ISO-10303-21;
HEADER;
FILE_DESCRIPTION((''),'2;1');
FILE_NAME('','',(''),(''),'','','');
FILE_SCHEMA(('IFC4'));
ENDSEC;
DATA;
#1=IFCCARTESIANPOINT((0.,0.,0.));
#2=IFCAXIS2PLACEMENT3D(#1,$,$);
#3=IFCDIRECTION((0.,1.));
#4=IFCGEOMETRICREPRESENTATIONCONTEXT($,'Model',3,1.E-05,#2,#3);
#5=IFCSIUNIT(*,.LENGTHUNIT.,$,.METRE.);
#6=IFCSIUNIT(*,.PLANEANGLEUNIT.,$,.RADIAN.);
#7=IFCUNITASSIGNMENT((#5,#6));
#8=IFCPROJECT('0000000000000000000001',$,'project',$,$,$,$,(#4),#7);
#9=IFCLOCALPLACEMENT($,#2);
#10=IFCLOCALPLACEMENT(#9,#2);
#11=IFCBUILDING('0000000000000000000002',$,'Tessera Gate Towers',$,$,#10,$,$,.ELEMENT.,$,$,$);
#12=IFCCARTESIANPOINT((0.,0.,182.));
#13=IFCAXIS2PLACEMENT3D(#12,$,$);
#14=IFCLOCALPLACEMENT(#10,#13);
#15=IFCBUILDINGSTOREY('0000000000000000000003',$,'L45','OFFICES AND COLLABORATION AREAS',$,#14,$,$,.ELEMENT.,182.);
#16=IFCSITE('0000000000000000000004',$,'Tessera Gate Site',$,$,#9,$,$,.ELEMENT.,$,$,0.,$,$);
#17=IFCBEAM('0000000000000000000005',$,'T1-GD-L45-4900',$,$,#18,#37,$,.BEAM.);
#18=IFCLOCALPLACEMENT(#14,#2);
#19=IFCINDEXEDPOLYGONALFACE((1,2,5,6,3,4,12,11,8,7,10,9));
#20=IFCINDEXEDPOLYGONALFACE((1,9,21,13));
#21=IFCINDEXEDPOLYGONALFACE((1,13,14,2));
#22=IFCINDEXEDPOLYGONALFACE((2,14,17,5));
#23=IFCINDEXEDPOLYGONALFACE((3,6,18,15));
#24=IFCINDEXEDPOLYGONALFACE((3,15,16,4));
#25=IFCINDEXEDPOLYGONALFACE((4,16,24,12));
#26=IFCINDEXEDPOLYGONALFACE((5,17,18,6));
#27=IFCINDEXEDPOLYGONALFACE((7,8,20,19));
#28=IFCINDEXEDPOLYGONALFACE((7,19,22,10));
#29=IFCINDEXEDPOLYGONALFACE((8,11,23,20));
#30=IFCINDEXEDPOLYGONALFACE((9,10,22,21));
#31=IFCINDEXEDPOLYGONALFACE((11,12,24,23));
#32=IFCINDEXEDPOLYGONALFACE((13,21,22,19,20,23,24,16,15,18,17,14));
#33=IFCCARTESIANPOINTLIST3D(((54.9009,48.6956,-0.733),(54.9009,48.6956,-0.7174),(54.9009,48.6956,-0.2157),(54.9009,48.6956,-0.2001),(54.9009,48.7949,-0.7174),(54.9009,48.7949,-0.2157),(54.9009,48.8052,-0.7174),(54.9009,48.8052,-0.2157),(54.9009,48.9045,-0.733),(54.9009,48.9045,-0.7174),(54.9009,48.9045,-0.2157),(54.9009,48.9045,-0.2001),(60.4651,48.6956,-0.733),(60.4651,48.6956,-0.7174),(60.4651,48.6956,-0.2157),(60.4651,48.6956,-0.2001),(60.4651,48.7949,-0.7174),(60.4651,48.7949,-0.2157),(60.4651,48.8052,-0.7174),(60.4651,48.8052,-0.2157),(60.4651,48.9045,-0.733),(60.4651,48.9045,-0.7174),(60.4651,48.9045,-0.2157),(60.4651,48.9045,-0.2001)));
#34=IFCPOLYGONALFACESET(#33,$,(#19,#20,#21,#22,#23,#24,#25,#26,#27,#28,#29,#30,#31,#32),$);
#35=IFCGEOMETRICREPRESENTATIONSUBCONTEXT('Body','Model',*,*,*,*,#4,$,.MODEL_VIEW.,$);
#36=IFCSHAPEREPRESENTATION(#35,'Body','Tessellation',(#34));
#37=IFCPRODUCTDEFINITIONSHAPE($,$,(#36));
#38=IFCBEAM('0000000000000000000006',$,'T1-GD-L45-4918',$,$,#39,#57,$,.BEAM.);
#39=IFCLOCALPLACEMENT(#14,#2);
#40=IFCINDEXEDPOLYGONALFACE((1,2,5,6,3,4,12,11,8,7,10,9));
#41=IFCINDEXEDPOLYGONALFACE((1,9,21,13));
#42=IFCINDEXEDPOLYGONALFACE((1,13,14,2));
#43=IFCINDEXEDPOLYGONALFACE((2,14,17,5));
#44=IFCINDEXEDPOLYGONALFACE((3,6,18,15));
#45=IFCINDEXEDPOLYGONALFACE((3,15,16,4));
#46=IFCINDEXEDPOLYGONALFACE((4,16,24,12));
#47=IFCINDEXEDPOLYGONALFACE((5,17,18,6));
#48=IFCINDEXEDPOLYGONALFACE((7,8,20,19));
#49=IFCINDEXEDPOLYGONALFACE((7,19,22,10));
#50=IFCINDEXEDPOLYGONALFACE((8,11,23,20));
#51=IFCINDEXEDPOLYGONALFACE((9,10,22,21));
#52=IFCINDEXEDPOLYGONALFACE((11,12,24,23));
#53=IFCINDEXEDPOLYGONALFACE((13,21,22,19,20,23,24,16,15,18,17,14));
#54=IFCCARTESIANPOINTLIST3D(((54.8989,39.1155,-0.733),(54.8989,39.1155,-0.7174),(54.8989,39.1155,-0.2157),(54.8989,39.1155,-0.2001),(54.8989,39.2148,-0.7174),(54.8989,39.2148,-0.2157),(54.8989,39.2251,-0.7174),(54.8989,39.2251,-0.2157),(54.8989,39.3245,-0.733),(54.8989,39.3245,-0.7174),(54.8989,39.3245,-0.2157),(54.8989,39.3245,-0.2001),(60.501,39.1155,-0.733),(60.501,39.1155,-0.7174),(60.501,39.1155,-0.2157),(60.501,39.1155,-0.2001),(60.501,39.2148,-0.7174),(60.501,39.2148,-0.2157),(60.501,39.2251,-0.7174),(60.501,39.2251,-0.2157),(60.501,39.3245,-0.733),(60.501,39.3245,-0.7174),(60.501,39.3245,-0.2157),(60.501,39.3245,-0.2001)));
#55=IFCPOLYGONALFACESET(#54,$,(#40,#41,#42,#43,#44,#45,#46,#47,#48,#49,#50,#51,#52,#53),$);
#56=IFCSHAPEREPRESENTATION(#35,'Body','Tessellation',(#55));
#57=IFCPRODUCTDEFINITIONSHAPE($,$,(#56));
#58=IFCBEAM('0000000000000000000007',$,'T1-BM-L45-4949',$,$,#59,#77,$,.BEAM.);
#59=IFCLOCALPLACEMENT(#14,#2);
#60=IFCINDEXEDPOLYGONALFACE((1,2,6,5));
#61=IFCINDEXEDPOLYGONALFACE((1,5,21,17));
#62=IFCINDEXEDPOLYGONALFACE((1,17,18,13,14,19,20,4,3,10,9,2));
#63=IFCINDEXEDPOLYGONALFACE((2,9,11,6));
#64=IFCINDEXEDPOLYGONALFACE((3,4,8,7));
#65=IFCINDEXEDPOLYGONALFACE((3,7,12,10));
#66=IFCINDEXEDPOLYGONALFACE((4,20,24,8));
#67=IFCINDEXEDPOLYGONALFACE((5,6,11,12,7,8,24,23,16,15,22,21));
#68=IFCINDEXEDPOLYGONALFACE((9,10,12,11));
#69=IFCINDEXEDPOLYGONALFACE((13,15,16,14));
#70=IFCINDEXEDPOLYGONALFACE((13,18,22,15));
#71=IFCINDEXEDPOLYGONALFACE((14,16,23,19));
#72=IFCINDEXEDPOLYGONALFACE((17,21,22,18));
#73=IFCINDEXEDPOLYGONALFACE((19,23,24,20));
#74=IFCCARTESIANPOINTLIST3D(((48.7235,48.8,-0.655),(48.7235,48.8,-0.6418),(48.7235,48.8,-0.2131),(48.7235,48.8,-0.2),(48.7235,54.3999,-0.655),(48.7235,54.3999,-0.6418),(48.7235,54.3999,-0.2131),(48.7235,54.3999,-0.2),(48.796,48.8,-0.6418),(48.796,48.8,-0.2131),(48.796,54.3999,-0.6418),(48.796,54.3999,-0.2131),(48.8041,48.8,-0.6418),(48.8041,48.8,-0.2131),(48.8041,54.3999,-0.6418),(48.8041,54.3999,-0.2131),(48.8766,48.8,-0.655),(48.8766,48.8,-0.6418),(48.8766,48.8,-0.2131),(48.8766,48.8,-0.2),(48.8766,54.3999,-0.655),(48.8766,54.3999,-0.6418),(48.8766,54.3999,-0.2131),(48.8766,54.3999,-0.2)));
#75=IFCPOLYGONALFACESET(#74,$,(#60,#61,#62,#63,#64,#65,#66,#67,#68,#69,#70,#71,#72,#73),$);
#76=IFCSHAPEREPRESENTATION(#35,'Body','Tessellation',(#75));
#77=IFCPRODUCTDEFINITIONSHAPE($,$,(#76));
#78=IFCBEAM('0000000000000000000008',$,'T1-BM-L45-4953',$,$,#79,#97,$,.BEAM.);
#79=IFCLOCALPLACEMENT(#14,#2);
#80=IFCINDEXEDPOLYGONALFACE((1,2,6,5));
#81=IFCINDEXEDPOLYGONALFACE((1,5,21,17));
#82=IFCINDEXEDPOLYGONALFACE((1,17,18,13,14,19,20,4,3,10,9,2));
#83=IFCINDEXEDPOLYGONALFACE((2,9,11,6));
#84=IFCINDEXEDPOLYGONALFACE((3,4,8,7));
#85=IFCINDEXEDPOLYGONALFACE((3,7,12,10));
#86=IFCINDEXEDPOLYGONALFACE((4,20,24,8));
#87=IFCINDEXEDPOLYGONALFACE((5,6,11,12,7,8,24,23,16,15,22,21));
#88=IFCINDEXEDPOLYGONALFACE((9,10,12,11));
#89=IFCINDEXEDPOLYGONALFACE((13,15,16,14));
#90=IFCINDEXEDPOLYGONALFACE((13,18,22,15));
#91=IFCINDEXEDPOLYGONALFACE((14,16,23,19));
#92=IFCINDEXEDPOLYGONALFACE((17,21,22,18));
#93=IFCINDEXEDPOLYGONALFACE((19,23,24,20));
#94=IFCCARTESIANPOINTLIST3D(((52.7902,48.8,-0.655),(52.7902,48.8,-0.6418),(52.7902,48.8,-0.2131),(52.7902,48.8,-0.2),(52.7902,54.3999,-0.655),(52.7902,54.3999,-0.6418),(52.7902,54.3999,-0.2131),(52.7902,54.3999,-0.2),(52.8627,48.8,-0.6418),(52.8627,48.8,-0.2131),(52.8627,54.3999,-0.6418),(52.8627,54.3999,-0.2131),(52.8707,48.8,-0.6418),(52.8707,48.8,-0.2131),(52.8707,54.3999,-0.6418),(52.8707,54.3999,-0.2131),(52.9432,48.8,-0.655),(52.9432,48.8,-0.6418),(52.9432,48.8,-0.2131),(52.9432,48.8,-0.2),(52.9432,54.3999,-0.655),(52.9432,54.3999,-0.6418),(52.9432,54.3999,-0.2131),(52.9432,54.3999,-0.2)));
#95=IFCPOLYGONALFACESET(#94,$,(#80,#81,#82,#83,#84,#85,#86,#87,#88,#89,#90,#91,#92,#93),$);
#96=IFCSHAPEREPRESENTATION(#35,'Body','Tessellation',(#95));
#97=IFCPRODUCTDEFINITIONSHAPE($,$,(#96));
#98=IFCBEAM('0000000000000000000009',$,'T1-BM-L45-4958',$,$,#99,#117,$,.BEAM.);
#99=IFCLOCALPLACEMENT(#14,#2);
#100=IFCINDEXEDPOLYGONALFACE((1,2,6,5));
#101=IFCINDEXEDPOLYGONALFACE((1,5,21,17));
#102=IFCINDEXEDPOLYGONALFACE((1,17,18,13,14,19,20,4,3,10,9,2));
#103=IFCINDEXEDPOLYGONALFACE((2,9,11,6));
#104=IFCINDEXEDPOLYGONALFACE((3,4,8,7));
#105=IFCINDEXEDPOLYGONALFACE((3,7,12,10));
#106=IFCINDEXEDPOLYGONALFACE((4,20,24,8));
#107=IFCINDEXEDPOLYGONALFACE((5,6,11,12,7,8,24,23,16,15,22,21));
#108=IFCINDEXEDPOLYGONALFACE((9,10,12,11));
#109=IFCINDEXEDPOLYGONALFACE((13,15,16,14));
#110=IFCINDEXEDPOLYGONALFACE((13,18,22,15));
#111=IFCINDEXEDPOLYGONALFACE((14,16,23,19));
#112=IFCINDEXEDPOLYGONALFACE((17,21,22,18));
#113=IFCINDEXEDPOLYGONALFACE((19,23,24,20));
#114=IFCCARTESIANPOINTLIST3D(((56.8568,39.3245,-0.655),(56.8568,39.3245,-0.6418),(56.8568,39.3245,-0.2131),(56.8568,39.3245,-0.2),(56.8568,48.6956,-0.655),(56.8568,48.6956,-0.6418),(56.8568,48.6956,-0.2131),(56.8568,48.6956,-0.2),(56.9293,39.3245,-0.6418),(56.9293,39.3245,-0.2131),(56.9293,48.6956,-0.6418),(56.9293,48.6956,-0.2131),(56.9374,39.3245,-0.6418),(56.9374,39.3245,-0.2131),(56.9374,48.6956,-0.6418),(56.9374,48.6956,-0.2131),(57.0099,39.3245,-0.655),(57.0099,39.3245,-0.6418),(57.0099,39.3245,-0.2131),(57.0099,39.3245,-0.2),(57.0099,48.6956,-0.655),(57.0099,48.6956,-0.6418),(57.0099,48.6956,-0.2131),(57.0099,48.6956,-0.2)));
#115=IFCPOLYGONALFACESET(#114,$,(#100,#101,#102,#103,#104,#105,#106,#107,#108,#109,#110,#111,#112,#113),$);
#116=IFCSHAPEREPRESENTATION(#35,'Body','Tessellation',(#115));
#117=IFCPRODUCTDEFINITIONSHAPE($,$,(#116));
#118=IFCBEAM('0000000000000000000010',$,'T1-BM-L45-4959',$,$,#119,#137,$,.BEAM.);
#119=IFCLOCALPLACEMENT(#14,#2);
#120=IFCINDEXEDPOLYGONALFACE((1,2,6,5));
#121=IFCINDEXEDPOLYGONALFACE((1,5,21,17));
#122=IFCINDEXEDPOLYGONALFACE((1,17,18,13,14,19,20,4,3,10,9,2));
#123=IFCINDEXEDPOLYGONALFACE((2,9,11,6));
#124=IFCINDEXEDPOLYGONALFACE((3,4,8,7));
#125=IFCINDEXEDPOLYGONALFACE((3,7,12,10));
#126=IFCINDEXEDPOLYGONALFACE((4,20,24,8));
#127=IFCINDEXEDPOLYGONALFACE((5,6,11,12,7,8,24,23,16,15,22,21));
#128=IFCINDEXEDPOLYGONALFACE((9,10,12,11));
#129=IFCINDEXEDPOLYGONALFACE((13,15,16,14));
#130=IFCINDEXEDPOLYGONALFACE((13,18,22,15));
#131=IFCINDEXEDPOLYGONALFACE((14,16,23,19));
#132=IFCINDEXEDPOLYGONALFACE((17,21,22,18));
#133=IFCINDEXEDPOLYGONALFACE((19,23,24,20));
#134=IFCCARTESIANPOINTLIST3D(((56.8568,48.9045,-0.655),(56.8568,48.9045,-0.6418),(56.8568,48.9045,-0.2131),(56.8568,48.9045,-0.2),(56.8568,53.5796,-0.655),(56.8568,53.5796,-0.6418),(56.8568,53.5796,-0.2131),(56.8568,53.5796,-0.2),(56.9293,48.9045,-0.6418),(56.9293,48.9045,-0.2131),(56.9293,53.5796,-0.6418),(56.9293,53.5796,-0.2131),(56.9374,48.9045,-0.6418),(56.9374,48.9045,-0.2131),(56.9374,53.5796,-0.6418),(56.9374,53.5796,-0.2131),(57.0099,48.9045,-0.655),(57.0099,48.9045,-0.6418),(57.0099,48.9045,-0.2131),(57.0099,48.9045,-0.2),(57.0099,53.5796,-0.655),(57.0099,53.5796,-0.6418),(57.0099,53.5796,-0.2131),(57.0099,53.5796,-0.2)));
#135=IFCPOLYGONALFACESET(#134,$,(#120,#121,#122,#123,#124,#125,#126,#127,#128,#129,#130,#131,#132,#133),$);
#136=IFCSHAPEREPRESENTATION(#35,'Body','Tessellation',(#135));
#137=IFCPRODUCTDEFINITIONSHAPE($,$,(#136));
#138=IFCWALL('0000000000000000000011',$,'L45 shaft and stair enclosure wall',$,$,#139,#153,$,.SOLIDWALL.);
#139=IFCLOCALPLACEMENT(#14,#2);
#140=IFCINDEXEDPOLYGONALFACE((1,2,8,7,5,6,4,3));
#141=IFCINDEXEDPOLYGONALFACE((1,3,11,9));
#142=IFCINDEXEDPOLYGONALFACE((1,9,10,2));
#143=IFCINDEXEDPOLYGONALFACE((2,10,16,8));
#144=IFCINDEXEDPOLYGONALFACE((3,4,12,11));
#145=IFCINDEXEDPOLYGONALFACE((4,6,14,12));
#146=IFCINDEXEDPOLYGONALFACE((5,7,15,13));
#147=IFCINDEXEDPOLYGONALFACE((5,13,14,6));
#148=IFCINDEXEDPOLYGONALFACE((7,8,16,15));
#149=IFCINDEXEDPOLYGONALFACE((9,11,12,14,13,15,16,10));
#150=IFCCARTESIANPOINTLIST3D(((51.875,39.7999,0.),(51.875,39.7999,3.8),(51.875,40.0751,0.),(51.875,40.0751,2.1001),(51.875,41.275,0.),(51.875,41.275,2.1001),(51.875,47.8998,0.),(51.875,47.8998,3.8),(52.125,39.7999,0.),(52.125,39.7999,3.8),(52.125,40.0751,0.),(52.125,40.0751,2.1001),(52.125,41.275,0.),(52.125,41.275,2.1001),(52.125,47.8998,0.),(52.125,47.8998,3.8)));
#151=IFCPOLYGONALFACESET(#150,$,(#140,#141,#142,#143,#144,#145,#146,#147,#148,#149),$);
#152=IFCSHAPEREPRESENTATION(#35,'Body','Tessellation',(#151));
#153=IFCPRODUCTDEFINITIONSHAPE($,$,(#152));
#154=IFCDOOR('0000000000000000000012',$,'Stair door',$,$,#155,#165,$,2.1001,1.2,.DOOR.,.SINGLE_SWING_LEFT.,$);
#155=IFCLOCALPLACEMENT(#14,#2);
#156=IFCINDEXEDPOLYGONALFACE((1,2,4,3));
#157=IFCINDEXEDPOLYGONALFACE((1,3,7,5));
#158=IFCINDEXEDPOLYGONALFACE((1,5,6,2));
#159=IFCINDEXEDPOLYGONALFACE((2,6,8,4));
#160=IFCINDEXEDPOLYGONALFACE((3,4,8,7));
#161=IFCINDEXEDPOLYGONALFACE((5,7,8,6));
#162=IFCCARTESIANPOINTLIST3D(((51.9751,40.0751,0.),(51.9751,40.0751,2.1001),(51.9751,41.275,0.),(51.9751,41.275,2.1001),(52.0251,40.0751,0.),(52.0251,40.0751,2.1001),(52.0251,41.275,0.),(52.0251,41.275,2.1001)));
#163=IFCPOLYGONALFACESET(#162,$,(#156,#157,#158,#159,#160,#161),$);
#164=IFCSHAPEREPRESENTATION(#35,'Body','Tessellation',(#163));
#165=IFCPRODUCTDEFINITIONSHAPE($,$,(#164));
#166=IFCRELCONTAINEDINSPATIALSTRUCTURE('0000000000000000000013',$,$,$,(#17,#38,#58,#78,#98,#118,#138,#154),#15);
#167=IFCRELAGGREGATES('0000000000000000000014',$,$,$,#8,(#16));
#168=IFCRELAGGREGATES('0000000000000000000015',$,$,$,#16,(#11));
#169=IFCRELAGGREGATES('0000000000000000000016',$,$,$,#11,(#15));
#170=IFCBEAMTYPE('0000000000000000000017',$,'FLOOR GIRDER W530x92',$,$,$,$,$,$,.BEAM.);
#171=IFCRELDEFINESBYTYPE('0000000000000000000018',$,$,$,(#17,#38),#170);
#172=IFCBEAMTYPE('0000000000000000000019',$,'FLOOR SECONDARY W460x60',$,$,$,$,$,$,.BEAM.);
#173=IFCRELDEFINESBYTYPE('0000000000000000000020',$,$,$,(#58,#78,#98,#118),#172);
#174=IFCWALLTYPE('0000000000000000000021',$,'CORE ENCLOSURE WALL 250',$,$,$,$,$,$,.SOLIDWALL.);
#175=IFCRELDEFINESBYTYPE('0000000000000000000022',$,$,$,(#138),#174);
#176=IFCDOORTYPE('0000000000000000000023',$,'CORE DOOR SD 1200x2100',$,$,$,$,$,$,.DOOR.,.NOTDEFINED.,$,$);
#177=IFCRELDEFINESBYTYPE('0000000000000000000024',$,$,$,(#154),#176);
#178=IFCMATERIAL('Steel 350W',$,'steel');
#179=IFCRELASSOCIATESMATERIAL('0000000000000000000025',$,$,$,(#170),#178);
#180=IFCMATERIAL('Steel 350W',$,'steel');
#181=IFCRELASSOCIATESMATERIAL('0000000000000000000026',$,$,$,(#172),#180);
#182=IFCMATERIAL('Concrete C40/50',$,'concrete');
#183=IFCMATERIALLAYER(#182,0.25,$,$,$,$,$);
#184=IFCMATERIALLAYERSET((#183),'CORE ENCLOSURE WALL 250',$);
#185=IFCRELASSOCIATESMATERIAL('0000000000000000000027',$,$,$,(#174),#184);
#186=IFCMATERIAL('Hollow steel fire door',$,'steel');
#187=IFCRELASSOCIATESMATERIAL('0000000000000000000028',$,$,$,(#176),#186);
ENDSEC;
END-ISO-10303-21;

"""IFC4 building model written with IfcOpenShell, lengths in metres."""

from ifc_helpers import new_model, si_unit, direction, frame, frame_2d, origin, origin_2d, place, context, subcontext, project, spatial, rectangle, i_section, extrude, source, transform, mapped, material, layer, layer_set, material_profile, profile_set, type_object, element, fill, save


model = new_model("IFC4")

# Units and contexts
model_context = context("Model", 3, precision=1e-05, world=origin(), true_north=direction((0.0, 1.0)))
body_context = subcontext(model_context, "Body", "Model", "MODEL_VIEW")
ifc_project = project(units=[si_unit("LENGTHUNIT", "METRE"), si_unit("PLANEANGLEUNIT", "RADIAN")], contexts=[model_context])

# Site, building, storey
site_placement = place(None, origin())
site = spatial("IfcSite", under=ifc_project, at=site_placement, Name="Tessera Gate Site", CompositionType="ELEMENT", RefElevation=0.0)
building_placement = place(site_placement, origin())
building = spatial("IfcBuilding", under=site, at=building_placement, Name="Tessera Gate Towers", CompositionType="ELEMENT")
storey_placement = place(building_placement, frame((0.0, 0.0, 182.0)))
storey = spatial("IfcBuildingStorey", under=building, at=storey_placement, Name="L45", Description="OFFICES AND COLLABORATION AREAS", CompositionType="ELEMENT", Elevation=182.0)

# Beams
ifc_material_1 = material(Name="Steel 350W", Category="steel")
ifc_material_profile_1 = material_profile(ifc_material_1, i_section(OverallWidth=0.209, OverallDepth=0.533, WebThickness=0.0103, FlangeThickness=0.0156, at=origin_2d()), Name="W530x92")
ifc_profile_set_1 = profile_set([ifc_material_profile_1], Name="Steel 350W")
beam_type_1 = type_object("IfcBeamType", Name="FLOOR GIRDER W530x92", PredefinedType="BEAM", material=ifc_profile_set_1)
beam_1_placement = place(storey_placement, frame((54.9009, 48.8, -0.4666), z_axis=(1.0, 0.0, 0.0), x_axis=(0.0, 1.0, 0.0)))
element("IfcBeam", 1, at=beam_1_placement, inside=storey, type_object=beam_type_1, Name="T1-GD-L45-4900", PredefinedType="BEAM", context=body_context, shape_type="SweptSolid", body=[
    extrude(i_section(OverallWidth=0.209, OverallDepth=0.533, WebThickness=0.0103, FlangeThickness=0.0156, at=origin_2d()), origin(), (0.0, 0.0, 1.0), 5.5642),
])
beam_2_placement = place(storey_placement, frame((54.8989, 39.22, -0.4666), z_axis=(1.0, 0.0, 0.0), x_axis=(0.0, 1.0, 0.0)))
element("IfcBeam", 2, at=beam_2_placement, inside=storey, type_object=beam_type_1, Name="T1-GD-L45-4918", PredefinedType="BEAM", context=body_context, shape_type="SweptSolid", body=[
    extrude(i_section(OverallWidth=0.209, OverallDepth=0.533, WebThickness=0.0103, FlangeThickness=0.0156, at=origin_2d()), origin(), (0.0, 0.0, 1.0), 5.6021),
])
ifc_material_2 = material(Name="Steel 350W", Category="steel")
ifc_material_profile_2 = material_profile(ifc_material_2, i_section(OverallWidth=0.1531, OverallDepth=0.4551, WebThickness=0.0081, FlangeThickness=0.0132, at=origin_2d()), Name="W460x60")
ifc_profile_set_2 = profile_set([ifc_material_profile_2], Name="Steel 350W")
beam_type_2 = type_object("IfcBeamType", Name="FLOOR SECONDARY W460x60", PredefinedType="BEAM", material=ifc_profile_set_2)
for number, where, z_axis, x_axis, name in (
    (3, (48.8, 48.8, -0.4275), (0.0, 1.0, 0.0), (-1.0, 0.0, 0.0), "T1-BM-L45-4949"),
    (4, (52.8667, 48.8, -0.4275), (0.0, 1.0, 0.0), (-1.0, 0.0, 0.0), "T1-BM-L45-4953"),
):
    element("IfcBeam", number, at=place(storey_placement, frame(where, z_axis=z_axis, x_axis=x_axis)), inside=storey, type_object=beam_type_2, Name=name, PredefinedType="BEAM", context=body_context, shape_type="SweptSolid", body=[
        extrude(i_section(OverallWidth=0.1531, OverallDepth=0.4551, WebThickness=0.0081, FlangeThickness=0.0132, at=origin_2d()), origin(), (0.0, 0.0, 1.0), 5.5999),
    ])
beam_3_placement = place(storey_placement, frame((56.9333, 39.3245, -0.4275), z_axis=(0.0, 1.0, 0.0), x_axis=(-1.0, 0.0, 0.0)))
element("IfcBeam", 5, at=beam_3_placement, inside=storey, type_object=beam_type_2, Name="T1-BM-L45-4958", PredefinedType="BEAM", context=body_context, shape_type="SweptSolid", body=[
    extrude(i_section(OverallWidth=0.1531, OverallDepth=0.4551, WebThickness=0.0081, FlangeThickness=0.0132, at=origin_2d()), origin(), (0.0, 0.0, 1.0), 9.3711),
])
beam_4_placement = place(storey_placement, frame((56.9333, 48.9045, -0.4275), z_axis=(0.0, 1.0, 0.0), x_axis=(-1.0, 0.0, 0.0)))
element("IfcBeam", 6, at=beam_4_placement, inside=storey, type_object=beam_type_2, Name="T1-BM-L45-4959", PredefinedType="BEAM", context=body_context, shape_type="SweptSolid", body=[
    extrude(i_section(OverallWidth=0.1531, OverallDepth=0.4551, WebThickness=0.0081, FlangeThickness=0.0132, at=origin_2d()), origin(), (0.0, 0.0, 1.0), 4.675),
])

# Wall, opening, door
ifc_material_3 = material(Name="Concrete C40/50", Category="concrete")
ifc_layer_1 = layer(ifc_material_3, 0.25)
ifc_layer_set_1 = layer_set([ifc_layer_1], Name="CORE ENCLOSURE WALL 250")
wall_type_1 = type_object("IfcWallType", Name="CORE ENCLOSURE WALL 250", PredefinedType="SOLIDWALL", material=ifc_layer_set_1)
wall_1_placement = place(storey_placement, frame((52.0, 39.8, 0.0), z_axis=(0.0, 0.0, 1.0), x_axis=(0.0, 1.0, 0.0)))
wall_1 = element("IfcWall", 7, at=wall_1_placement, inside=storey, type_object=wall_type_1, Name="L45 shaft and stair enclosure wall", PredefinedType="SOLIDWALL", context=body_context, shape_type="SweptSolid", body=[
    extrude(rectangle(XDim=8.0999, YDim=0.25, at=frame_2d((4.0498, 0.0))), origin(), (0.0, 0.0, 1.0), 3.8),
])
shared_shape_1 = source(origin(), body_context, "Body", "SweptSolid", [
    extrude(rectangle(XDim=1.2, YDim=2.1001, at=frame_2d((0.6001, 1.05))), frame((0.0, 0.135, 0.0), z_axis=(0.0, -1.0, 0.0), x_axis=(1.0, 0.0, 0.0)), (0.0, 0.0, 1.0), 0.27),
])
opening_1_placement = place(wall_1_placement, frame((0.2749, 0.0, 0.0)))
opening_1 = element("IfcOpeningElement", 8, at=opening_1_placement, cuts=wall_1, PredefinedType="OPENING", context=body_context, shape_type="MappedRepresentation", body=[
    mapped(shared_shape_1, transform((0.0, 0.0, 0.0), scale=1.0)),
])
ifc_material_4 = material(Name="Hollow steel fire door", Category="steel")
door_type_1 = type_object("IfcDoorType", Name="CORE DOOR SD 1200x2100", OperationType="NOTDEFINED", PredefinedType="DOOR", material=ifc_material_4)
shared_shape_2 = source(origin(), body_context, "Body", "SweptSolid", [
    extrude(rectangle(XDim=1.2, YDim=2.1001, at=frame_2d((0.6001, 1.05))), frame((0.0, 0.0249, 0.0), z_axis=(0.0, -1.0, 0.0), x_axis=(1.0, 0.0, 0.0)), (0.0, 0.0, 1.0), 0.05),
])
door_1_placement = place(opening_1_placement, origin())
door_1 = element("IfcDoor", 9, at=door_1_placement, inside=storey, type_object=door_type_1, Name="Stair door", OperationType="SINGLE_SWING_LEFT", OverallHeight=2.1001, OverallWidth=1.2, PredefinedType="DOOR", context=body_context, shape_type="MappedRepresentation", body=[
    mapped(shared_shape_2, transform((0.0, 0.0, 0.0), scale=1.0)),
])
fill(opening_1, door_1)

save(model, "model.ifc")
